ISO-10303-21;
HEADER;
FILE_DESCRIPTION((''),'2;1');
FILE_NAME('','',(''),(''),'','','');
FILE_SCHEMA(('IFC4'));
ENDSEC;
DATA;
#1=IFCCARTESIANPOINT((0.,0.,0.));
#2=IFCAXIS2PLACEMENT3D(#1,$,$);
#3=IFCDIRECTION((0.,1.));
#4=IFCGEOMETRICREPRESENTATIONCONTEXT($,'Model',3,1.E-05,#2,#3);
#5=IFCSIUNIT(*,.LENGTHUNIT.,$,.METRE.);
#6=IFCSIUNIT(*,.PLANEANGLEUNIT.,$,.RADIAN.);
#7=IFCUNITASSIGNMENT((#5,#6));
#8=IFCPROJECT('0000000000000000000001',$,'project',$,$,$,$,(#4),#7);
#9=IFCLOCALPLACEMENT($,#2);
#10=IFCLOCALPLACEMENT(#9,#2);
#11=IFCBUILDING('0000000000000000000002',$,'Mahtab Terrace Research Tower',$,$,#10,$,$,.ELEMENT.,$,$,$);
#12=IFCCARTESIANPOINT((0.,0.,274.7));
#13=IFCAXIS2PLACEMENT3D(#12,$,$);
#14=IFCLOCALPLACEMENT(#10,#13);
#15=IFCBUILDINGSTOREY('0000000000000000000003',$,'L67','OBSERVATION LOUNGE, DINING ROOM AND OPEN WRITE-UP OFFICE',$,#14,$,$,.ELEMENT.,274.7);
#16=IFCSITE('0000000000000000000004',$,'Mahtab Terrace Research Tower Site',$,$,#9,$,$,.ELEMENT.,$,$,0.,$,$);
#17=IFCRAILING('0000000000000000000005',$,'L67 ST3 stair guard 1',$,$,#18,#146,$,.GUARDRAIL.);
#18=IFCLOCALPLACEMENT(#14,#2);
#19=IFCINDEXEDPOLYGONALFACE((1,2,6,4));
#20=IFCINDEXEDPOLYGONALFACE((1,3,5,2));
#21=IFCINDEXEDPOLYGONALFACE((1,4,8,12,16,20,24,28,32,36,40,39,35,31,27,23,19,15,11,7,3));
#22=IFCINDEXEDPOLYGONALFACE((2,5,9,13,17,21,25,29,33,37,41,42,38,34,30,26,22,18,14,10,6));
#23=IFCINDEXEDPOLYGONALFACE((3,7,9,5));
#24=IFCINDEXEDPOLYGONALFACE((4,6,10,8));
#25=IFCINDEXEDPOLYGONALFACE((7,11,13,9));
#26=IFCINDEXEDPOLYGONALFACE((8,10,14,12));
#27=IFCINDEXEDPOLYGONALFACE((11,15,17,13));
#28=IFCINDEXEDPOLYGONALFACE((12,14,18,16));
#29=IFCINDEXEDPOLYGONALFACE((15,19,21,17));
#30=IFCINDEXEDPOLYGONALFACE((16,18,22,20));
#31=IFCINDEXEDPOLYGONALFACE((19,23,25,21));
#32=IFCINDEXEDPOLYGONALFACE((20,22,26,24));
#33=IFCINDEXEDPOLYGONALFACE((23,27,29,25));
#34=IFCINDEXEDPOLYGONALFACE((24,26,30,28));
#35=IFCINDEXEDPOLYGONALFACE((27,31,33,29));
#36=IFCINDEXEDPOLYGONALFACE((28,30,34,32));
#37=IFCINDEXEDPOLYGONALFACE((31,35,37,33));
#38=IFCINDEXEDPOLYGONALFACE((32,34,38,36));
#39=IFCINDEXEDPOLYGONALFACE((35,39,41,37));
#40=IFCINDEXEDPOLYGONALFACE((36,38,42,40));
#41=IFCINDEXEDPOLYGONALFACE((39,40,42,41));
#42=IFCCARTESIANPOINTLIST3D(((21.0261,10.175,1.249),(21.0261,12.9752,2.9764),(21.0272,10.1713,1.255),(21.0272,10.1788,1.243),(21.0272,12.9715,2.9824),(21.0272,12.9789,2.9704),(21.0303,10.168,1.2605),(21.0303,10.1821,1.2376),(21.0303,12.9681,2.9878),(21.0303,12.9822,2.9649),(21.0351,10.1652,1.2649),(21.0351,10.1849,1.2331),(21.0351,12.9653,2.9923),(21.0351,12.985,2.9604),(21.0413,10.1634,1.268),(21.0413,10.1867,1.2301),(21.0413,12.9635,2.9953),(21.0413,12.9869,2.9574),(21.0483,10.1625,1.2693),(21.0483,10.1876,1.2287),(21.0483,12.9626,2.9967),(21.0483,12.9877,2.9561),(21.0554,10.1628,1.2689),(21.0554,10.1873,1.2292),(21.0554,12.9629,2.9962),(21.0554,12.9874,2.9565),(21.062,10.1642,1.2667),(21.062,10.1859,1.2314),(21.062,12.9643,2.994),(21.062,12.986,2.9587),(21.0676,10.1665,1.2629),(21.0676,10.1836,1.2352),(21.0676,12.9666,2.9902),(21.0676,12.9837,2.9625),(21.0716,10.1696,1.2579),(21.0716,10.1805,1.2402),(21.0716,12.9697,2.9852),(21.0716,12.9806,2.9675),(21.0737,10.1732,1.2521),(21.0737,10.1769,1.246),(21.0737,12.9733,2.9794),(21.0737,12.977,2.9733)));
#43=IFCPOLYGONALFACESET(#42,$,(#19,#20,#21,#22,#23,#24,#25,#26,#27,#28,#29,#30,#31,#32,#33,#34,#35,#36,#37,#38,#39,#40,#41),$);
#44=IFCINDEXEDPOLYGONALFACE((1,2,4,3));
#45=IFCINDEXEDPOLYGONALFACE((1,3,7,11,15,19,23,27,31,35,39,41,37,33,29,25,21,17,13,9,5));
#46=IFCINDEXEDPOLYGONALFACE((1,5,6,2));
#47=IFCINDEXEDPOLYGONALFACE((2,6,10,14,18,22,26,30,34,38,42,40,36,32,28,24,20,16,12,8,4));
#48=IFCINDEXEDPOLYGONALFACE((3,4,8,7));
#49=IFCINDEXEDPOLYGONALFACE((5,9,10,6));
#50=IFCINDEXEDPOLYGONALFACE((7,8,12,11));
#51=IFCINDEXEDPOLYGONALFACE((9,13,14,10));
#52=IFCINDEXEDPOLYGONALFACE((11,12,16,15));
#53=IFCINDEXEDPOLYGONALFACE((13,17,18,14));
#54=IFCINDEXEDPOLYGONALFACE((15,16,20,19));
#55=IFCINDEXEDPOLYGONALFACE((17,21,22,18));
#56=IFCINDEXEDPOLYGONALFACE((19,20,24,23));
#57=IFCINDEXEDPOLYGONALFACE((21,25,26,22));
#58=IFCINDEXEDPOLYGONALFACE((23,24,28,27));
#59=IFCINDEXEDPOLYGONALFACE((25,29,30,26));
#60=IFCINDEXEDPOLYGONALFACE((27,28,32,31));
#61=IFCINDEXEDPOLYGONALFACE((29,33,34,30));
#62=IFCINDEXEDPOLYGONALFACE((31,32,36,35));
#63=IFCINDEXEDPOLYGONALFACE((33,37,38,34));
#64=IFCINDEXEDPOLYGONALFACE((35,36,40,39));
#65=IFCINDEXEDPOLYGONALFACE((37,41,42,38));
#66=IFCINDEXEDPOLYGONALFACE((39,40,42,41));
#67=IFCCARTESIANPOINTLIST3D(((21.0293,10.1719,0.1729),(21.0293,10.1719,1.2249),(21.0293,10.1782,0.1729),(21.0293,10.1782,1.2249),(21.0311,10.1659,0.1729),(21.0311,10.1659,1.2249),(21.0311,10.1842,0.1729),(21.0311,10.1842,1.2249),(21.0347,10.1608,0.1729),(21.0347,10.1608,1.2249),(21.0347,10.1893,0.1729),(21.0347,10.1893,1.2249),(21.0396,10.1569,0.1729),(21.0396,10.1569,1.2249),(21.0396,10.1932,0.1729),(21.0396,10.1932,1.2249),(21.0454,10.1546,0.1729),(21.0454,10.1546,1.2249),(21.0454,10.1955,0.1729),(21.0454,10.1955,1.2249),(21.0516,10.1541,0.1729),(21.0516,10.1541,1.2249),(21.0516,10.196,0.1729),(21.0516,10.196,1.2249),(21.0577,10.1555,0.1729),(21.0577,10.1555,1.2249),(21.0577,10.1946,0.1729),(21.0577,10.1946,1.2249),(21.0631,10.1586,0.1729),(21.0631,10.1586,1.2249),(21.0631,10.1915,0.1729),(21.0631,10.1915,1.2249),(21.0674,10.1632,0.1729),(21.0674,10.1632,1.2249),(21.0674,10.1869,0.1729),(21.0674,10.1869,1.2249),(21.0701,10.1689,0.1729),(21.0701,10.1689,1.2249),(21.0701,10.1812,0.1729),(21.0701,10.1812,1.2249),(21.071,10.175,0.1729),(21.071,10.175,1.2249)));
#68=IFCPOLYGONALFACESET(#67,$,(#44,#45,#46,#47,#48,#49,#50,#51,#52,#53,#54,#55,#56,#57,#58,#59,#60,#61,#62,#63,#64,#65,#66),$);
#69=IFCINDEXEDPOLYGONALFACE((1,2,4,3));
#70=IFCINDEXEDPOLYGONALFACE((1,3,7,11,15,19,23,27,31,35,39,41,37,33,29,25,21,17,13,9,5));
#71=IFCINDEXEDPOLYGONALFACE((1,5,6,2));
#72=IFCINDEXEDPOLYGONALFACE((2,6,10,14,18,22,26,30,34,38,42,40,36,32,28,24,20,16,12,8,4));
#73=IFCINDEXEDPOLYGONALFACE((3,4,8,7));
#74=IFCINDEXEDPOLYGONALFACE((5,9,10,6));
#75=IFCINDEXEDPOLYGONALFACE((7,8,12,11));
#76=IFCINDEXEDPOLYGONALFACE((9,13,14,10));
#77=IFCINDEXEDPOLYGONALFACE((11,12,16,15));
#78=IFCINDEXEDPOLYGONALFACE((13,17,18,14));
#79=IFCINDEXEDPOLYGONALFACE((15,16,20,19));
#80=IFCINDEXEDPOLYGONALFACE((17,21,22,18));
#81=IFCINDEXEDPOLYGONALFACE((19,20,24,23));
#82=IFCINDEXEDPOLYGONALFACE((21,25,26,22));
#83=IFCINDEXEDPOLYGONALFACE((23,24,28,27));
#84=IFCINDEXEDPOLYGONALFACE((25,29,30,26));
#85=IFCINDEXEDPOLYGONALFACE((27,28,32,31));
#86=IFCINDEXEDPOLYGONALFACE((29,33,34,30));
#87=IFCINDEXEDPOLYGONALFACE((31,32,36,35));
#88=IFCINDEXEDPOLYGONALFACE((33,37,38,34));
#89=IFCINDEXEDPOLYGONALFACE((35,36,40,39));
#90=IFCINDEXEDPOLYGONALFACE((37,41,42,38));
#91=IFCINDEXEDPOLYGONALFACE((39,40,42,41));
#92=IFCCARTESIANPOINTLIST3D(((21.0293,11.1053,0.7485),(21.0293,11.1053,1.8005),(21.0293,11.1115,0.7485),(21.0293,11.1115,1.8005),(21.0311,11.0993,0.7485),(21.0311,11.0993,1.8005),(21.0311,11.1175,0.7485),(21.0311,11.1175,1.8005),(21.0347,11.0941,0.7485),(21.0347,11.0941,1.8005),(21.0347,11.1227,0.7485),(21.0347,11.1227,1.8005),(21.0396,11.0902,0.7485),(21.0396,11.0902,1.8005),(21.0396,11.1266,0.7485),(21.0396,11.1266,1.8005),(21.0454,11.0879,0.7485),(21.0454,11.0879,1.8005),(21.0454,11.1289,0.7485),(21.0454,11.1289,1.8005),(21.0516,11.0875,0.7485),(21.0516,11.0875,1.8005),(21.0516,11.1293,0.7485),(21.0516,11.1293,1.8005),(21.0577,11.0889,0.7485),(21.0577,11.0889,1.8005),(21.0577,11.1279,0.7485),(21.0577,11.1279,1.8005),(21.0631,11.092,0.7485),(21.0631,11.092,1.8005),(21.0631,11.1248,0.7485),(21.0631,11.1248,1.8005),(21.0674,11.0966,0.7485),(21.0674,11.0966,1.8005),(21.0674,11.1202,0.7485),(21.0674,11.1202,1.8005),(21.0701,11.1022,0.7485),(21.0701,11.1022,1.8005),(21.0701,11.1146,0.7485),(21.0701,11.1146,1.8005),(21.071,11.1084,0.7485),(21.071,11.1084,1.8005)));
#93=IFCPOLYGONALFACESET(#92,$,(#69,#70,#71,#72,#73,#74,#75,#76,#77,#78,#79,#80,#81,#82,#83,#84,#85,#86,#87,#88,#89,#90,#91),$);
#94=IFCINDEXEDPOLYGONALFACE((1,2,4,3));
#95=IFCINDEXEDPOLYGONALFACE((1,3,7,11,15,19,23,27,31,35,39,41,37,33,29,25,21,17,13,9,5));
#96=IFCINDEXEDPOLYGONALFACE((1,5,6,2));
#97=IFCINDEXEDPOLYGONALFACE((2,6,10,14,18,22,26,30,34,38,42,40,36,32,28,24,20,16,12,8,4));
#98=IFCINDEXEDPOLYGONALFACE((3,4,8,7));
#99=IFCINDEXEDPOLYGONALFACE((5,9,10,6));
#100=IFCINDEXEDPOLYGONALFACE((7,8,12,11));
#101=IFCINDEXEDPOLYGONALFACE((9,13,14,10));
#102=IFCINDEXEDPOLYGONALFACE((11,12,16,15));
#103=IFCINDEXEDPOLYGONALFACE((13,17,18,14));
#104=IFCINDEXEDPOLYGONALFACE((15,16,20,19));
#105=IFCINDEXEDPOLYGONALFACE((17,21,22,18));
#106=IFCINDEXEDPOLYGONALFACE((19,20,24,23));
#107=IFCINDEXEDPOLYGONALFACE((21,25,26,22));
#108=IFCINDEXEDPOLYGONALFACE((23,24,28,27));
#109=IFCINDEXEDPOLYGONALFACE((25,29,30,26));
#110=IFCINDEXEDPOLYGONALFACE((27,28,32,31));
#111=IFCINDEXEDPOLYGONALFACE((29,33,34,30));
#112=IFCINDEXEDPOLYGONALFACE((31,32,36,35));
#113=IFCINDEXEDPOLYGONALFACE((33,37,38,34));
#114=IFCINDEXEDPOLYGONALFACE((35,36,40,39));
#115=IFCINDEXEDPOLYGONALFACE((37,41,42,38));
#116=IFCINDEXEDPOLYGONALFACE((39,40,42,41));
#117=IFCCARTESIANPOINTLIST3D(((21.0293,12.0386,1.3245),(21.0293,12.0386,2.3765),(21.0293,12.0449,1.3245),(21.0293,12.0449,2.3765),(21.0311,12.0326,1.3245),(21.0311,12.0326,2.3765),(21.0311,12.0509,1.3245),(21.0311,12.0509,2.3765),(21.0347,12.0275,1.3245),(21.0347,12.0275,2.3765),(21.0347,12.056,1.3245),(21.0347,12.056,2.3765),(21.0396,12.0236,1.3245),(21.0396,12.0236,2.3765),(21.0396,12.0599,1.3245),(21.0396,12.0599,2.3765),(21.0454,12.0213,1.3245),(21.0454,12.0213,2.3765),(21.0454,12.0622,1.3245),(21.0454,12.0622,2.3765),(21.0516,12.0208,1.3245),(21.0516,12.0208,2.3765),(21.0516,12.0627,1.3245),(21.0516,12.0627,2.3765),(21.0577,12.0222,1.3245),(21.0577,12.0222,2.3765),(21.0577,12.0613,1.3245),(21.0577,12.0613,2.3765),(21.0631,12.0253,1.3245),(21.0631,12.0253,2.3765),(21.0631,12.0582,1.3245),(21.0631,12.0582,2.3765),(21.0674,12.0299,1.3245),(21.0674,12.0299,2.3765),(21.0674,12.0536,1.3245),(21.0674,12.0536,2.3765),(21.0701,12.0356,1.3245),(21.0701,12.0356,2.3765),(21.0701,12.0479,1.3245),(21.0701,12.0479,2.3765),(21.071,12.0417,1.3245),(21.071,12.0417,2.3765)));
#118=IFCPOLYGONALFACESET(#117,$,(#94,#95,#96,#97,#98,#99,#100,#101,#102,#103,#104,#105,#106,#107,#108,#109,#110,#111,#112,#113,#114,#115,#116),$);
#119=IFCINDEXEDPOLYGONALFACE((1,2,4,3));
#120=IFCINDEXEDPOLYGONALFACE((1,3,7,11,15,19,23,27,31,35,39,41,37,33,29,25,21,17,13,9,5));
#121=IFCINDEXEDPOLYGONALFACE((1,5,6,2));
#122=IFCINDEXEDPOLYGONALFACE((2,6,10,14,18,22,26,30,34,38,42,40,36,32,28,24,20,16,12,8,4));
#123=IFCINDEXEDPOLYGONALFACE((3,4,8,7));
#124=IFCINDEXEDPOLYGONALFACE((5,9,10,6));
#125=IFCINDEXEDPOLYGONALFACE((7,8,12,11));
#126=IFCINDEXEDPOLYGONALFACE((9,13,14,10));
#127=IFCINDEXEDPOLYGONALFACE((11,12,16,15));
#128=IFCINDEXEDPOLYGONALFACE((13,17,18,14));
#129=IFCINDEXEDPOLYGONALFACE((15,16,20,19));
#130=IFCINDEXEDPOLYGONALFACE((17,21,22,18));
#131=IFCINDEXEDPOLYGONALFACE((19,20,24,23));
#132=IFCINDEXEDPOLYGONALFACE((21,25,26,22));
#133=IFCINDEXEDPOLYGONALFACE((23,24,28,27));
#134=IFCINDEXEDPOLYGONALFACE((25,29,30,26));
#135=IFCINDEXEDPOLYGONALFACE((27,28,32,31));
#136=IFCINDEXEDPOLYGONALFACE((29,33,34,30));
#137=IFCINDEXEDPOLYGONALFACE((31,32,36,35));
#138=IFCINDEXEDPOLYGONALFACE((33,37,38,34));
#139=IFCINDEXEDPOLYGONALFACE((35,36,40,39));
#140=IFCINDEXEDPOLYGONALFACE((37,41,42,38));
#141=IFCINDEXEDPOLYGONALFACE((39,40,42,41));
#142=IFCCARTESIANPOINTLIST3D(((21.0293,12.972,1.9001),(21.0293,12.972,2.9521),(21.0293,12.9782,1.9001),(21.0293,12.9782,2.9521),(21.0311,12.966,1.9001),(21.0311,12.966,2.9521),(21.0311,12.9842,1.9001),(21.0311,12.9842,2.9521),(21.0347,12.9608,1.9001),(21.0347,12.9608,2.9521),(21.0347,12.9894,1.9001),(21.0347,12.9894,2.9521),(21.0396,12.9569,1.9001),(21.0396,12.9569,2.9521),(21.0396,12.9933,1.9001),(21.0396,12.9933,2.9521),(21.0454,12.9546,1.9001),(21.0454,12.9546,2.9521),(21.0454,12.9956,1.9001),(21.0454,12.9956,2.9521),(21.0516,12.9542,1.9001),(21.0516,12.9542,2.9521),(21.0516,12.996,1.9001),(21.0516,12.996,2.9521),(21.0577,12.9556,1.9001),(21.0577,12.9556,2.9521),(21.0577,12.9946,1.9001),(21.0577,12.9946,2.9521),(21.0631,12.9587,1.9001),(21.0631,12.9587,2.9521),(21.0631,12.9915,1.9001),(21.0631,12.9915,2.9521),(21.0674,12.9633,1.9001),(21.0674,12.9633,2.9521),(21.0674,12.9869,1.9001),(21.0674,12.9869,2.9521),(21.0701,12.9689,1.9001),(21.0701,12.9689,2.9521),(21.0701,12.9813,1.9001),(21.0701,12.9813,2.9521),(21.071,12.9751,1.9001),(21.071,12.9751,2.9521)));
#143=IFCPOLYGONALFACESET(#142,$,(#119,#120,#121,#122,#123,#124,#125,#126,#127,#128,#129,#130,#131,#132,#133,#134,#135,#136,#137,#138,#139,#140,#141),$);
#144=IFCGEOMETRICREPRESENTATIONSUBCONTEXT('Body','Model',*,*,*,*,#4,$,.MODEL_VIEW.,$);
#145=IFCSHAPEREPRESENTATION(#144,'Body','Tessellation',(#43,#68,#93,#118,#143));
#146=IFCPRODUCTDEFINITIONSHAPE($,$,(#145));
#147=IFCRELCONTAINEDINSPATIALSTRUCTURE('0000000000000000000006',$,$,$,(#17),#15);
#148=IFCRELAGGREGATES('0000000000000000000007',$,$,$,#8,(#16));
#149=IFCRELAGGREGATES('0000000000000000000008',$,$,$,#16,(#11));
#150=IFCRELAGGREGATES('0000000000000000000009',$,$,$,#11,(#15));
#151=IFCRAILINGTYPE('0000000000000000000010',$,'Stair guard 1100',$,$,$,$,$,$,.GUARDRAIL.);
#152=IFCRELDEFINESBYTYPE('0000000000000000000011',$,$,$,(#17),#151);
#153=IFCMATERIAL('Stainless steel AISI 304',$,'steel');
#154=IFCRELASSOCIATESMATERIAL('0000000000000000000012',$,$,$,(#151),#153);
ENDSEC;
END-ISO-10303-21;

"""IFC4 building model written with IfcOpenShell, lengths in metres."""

from ifc_helpers import new_model, si_unit, direction, frame, origin, origin_2d, place, context, subcontext, project, spatial, circle, extrude, material, type_object, element, save


model = new_model("IFC4")

# Units and contexts
model_context = context("Model", 3, precision=1e-05, world=origin(), true_north=direction((0.0, 1.0)))
body_context = subcontext(model_context, "Body", "Model", "MODEL_VIEW")
ifc_project = project(units=[si_unit("LENGTHUNIT", "METRE"), si_unit("PLANEANGLEUNIT", "RADIAN")], contexts=[model_context])

# Site, building, storey
site_placement = place(None, origin())
site = spatial("IfcSite", under=ifc_project, at=site_placement, Name="Mahtab Terrace Research Tower Site", CompositionType="ELEMENT", RefElevation=0.0)
building_placement = place(site_placement, origin())
building = spatial("IfcBuilding", under=site, at=building_placement, Name="Mahtab Terrace Research Tower", CompositionType="ELEMENT")
storey_placement = place(building_placement, frame((0.0, 0.0, 274.7)))
storey = spatial("IfcBuildingStorey", under=building, at=storey_placement, Name="L67", Description="OBSERVATION LOUNGE, DINING ROOM AND OPEN WRITE-UP OFFICE", CompositionType="ELEMENT", Elevation=274.7)

# Railing
ifc_material_1 = material(Name="Stainless steel AISI 304", Category="steel")
railing_type_1 = type_object("IfcRailingType", Name="Stair guard 1100", PredefinedType="GUARDRAIL", material=ifc_material_1)
railing_1_placement = place(storey_placement, frame((21.05, 10.175, 0.1729)))
element("IfcRailing", 1, at=railing_1_placement, inside=storey, type_object=railing_type_1, Name="L67 ST3 stair guard 1", PredefinedType="GUARDRAIL", context=body_context, shape_type="SweptSolid", body=[
    extrude(circle(Radius=0.0239, at=origin_2d()), frame((0.0, 0.0, 1.0762), z_axis=(0.0, 0.85109, 0.52502), x_axis=(-1.0, 0.0, 0.0)), (0.0, 0.0, 1.0), 3.29),
    extrude(circle(Radius=0.021, at=origin_2d()), origin(), (0.0, 0.0, 1.0), 1.052),
    extrude(circle(Radius=0.021, at=origin_2d()), frame((0.0, 0.9333, 0.5757)), (0.0, 0.0, 1.0), 1.052),
    extrude(circle(Radius=0.021, at=origin_2d()), frame((0.0, 1.8667, 1.1516)), (0.0, 0.0, 1.0), 1.052),
    extrude(circle(Radius=0.021, at=origin_2d()), frame((0.0, 2.8, 1.7273)), (0.0, 0.0, 1.0), 1.052),
])

save(model, "model.ifc")
